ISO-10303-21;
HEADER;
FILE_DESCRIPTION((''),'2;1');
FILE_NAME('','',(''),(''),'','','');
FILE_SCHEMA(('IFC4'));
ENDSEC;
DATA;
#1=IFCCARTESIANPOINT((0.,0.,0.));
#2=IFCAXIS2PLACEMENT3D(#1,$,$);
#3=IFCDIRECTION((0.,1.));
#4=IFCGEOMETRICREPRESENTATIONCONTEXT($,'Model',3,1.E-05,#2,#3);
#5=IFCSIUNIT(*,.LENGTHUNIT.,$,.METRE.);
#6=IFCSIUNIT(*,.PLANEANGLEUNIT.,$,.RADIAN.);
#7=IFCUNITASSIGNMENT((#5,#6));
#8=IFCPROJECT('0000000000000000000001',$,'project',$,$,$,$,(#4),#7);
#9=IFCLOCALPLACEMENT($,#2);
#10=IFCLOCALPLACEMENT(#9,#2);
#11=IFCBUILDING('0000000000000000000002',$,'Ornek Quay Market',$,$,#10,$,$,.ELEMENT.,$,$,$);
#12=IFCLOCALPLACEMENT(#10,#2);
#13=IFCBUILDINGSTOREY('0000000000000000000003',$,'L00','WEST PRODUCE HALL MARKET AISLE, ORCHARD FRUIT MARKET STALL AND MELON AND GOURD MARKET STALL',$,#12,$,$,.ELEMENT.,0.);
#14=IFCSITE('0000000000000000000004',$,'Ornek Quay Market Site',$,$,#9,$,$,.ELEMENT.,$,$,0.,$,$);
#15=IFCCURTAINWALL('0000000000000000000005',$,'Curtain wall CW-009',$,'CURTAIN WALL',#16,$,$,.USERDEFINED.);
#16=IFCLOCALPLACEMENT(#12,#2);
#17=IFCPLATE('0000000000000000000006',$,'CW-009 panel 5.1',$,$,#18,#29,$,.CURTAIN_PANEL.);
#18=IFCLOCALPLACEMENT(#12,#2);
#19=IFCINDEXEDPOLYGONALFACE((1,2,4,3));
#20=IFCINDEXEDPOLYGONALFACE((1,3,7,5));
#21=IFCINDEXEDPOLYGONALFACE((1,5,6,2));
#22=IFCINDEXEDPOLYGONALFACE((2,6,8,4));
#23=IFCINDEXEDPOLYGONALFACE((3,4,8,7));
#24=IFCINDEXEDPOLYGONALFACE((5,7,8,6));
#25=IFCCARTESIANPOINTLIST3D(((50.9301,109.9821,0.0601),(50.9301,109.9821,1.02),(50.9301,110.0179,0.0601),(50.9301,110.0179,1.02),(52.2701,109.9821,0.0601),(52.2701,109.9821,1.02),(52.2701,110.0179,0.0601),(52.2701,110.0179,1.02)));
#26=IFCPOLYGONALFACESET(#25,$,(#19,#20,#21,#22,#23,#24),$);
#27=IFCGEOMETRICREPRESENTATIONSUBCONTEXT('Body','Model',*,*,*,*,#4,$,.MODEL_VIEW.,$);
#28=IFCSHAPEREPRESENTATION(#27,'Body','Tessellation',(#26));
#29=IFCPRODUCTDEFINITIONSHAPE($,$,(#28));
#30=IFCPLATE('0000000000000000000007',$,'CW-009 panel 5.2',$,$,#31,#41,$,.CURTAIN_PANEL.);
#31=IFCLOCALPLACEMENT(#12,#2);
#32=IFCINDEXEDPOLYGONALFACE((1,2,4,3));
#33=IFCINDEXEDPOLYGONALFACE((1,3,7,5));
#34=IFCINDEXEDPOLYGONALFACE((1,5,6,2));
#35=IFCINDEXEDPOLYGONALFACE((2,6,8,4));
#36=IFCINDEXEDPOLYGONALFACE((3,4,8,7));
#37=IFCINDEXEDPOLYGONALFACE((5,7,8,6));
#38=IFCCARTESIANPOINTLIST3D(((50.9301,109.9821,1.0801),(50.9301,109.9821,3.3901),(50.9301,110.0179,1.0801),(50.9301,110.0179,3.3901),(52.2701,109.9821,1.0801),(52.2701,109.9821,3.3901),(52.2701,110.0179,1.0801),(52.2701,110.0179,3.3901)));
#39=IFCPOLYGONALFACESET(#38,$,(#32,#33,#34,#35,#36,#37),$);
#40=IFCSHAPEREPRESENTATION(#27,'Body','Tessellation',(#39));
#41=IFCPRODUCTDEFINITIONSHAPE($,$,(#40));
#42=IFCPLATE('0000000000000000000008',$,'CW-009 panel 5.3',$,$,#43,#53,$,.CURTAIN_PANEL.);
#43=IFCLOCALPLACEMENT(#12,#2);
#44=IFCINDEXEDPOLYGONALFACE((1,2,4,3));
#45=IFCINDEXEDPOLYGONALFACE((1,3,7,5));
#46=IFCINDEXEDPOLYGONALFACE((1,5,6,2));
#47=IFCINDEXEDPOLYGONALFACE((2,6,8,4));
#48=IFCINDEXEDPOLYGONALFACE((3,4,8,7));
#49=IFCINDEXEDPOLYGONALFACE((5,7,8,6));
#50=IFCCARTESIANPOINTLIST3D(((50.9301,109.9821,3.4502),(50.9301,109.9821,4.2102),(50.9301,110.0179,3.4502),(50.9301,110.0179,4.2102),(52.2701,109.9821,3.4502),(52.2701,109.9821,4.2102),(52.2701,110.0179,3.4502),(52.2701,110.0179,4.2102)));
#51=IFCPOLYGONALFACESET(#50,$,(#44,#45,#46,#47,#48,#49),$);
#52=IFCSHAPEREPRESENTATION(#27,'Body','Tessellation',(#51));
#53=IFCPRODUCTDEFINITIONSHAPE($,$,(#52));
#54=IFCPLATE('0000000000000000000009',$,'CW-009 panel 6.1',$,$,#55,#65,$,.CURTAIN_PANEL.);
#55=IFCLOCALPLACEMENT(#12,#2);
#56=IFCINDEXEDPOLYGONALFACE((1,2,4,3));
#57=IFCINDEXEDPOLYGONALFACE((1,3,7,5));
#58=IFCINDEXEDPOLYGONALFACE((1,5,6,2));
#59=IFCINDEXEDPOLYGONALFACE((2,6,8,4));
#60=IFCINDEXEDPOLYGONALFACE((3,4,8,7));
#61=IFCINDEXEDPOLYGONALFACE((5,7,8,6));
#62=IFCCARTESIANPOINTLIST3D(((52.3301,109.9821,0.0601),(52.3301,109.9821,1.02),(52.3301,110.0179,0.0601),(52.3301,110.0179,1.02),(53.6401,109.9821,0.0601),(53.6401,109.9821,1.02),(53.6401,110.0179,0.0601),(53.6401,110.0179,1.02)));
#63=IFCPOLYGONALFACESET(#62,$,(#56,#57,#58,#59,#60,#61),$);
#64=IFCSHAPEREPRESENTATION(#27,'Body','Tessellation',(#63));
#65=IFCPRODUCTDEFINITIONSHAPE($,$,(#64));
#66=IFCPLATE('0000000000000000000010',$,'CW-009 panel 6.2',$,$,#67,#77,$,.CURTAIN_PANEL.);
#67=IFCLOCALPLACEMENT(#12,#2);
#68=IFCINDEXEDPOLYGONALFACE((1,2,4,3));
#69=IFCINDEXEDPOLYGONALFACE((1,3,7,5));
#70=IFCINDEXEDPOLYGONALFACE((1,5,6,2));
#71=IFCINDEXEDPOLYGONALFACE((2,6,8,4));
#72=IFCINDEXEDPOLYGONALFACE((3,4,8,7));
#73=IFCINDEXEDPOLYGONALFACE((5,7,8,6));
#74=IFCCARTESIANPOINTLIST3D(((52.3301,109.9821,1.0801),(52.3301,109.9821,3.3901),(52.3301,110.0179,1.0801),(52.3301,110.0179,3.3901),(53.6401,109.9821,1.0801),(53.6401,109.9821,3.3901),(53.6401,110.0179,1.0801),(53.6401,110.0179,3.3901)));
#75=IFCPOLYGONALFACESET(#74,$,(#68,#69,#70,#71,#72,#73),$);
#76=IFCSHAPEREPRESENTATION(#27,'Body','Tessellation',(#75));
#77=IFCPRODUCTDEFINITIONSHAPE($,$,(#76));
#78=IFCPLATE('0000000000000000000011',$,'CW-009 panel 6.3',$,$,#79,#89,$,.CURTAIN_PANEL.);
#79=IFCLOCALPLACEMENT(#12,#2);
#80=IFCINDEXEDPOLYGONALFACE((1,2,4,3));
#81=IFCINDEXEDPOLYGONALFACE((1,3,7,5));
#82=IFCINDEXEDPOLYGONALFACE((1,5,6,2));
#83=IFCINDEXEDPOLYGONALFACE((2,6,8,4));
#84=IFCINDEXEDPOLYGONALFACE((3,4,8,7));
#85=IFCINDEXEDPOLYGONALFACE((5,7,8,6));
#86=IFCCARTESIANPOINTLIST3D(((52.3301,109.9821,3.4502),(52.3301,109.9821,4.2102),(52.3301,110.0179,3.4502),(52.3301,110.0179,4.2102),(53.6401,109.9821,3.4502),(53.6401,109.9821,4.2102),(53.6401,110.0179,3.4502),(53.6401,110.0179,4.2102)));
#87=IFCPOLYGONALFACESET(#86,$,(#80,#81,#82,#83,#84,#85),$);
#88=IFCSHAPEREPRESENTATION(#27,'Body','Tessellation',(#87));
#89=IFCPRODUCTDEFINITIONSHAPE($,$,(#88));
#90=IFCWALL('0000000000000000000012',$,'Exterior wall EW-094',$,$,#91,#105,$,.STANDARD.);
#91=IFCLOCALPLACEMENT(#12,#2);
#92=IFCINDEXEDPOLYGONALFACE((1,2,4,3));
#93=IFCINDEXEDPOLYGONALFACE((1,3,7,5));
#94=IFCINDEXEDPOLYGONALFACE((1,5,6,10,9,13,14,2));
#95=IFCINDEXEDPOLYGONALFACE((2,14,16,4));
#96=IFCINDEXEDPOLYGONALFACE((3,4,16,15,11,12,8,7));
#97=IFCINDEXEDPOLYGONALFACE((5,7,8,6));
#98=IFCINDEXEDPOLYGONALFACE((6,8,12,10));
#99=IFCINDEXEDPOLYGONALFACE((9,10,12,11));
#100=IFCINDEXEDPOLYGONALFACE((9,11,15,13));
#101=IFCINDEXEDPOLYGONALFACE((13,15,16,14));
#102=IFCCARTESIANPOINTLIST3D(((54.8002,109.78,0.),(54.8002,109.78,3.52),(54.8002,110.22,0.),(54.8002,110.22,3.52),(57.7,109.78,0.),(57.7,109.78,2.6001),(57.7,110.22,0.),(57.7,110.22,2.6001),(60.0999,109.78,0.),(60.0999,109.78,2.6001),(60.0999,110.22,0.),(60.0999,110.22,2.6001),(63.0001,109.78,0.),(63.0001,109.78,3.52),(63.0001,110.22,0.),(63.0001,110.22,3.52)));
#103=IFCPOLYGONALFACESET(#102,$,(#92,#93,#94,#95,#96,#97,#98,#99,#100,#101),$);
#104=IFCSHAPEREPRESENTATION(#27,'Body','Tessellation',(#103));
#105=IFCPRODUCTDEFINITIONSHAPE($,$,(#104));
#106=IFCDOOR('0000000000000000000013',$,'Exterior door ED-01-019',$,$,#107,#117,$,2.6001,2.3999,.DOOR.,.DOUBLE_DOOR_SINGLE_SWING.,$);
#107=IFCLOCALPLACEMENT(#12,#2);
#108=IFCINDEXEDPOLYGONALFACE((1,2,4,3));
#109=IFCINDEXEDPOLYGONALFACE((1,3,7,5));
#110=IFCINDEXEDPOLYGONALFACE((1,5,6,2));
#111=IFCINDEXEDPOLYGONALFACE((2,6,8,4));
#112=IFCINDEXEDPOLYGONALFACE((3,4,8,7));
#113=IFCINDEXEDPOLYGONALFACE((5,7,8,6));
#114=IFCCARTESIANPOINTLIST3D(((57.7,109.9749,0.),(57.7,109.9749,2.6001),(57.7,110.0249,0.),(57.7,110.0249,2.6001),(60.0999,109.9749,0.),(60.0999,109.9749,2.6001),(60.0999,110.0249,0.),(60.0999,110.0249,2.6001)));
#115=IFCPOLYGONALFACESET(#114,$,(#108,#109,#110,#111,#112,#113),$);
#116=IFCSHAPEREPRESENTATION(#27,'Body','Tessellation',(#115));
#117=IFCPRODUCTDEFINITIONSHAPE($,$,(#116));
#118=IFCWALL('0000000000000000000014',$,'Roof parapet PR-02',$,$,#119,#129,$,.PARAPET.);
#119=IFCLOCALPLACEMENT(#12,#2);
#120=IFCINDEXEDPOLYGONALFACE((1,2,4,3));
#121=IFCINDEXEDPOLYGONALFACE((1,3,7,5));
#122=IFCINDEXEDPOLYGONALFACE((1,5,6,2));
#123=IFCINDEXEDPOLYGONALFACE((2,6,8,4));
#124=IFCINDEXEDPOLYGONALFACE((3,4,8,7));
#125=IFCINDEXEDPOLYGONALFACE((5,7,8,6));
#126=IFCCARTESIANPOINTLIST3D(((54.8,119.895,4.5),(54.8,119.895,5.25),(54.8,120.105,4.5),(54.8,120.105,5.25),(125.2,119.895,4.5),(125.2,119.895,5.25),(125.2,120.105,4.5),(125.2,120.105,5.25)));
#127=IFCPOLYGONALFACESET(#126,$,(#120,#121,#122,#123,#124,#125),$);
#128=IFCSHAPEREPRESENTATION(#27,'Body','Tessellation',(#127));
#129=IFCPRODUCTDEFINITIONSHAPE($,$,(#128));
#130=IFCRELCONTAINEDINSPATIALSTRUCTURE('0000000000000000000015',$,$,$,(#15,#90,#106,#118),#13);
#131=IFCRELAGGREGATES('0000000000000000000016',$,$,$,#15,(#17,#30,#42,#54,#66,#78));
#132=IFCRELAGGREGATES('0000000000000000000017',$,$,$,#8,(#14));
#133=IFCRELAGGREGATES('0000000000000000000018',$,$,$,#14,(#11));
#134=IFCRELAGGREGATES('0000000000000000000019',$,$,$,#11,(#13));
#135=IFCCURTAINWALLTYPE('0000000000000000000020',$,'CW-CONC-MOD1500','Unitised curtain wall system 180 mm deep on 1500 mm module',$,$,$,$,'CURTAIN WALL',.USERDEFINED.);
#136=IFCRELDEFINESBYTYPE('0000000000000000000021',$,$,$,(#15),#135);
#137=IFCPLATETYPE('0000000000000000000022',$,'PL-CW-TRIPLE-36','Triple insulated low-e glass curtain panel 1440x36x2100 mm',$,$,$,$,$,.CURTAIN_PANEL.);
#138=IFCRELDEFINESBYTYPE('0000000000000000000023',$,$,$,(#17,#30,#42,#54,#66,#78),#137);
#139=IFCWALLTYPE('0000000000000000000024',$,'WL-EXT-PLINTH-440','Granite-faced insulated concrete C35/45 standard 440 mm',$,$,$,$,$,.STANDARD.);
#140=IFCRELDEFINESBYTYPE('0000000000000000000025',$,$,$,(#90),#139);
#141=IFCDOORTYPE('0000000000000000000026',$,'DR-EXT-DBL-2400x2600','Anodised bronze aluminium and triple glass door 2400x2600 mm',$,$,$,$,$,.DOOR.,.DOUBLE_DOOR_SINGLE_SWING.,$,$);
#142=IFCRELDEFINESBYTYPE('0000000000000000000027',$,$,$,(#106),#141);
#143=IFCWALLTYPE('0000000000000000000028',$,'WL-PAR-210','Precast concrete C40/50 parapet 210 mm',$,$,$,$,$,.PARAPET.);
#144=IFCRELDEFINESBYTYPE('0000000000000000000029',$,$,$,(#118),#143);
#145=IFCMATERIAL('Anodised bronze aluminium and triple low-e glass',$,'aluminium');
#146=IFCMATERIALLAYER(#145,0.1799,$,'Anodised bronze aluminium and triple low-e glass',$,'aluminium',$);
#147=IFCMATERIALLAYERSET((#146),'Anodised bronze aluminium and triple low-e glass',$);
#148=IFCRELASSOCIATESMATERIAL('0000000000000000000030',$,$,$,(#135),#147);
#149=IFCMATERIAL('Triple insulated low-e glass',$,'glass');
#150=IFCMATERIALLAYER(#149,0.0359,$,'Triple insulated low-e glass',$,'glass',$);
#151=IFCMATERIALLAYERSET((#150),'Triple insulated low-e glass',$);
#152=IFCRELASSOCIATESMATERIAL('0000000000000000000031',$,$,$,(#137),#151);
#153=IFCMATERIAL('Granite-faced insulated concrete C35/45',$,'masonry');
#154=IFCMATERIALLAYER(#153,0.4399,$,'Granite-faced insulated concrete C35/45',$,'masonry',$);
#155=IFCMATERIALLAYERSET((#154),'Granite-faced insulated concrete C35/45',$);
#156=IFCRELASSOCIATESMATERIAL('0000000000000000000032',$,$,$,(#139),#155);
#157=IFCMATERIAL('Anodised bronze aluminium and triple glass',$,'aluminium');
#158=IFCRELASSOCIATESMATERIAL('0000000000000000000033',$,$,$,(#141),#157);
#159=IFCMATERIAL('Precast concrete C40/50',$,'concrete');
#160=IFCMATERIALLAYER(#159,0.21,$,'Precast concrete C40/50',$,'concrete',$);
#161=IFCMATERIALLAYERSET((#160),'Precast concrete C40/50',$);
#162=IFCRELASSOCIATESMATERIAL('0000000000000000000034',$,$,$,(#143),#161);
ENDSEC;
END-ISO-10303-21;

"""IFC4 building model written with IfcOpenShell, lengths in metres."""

from ifc_helpers import new_model, si_unit, direction, frame, frame_2d, origin, origin_2d, place, context, subcontext, project, spatial, rectangle, extrude, material, layer, layer_set, type_object, element, fill, aggregate, save


model = new_model("IFC4")

# Units and contexts
model_context = context("Model", 3, precision=1e-05, world=origin(), true_north=direction((0.0, 1.0)))
body_context = subcontext(model_context, "Body", "Model", "MODEL_VIEW")
ifc_project = project(units=[si_unit("LENGTHUNIT", "METRE"), si_unit("PLANEANGLEUNIT", "RADIAN")], contexts=[model_context])

# Site, building, storey
site_placement = place(None, origin())
site = spatial("IfcSite", under=ifc_project, at=site_placement, Name="Ornek Quay Market Site", CompositionType="ELEMENT", RefElevation=0.0)
building_placement = place(site_placement, origin())
building = spatial("IfcBuilding", under=site, at=building_placement, Name="Ornek Quay Market", CompositionType="ELEMENT")
storey_placement = place(building_placement, origin())
storey = spatial("IfcBuildingStorey", under=building, at=storey_placement, Name="L00", Description="WEST PRODUCE HALL MARKET AISLE, ORCHARD FRUIT MARKET STALL AND MELON AND GOURD MARKET STALL", CompositionType="ELEMENT", Elevation=0.0)

# Curtain wall, plates
ifc_material_1 = material(Name="Anodised bronze aluminium and triple low-e glass", Category="aluminium")
ifc_layer_1 = layer(ifc_material_1, 0.1799, Name="Anodised bronze aluminium and triple low-e glass", Category="aluminium")
ifc_layer_set_1 = layer_set([ifc_layer_1], Name="Anodised bronze aluminium and triple low-e glass")
curtain_wall_type = type_object("IfcCurtainWallType", Name="CW-CONC-MOD1500", Description="Unitised curtain wall system 180 mm deep on 1500 mm module", ElementType="CURTAIN WALL", PredefinedType="USERDEFINED", material=ifc_layer_set_1)
curtain_wall_placement = place(storey_placement, origin())
curtain_wall = element("IfcCurtainWall", 1, at=curtain_wall_placement, inside=storey, type_object=curtain_wall_type, Name="Curtain wall CW-009", ObjectType="CURTAIN WALL", PredefinedType="USERDEFINED")
ifc_material_2 = material(Name="Triple insulated low-e glass", Category="glass")
ifc_layer_2 = layer(ifc_material_2, 0.0359, Name="Triple insulated low-e glass", Category="glass")
ifc_layer_set_2 = layer_set([ifc_layer_2], Name="Triple insulated low-e glass")
plate_type = type_object("IfcPlateType", Name="PL-CW-TRIPLE-36", Description="Triple insulated low-e glass curtain panel 1440x36x2100 mm", PredefinedType="CURTAIN_PANEL", material=ifc_layer_set_2)
plate_1_placement = place(storey_placement, frame((51.6001, 110.0, 0.0601), z_axis=(0.0, 0.0, 1.0), x_axis=(1.0, 0.0, 0.0)))
plate_1 = element("IfcPlate", 2, at=plate_1_placement, type_object=plate_type, Name="CW-009 panel 5.1", PredefinedType="CURTAIN_PANEL", context=body_context, shape_type="SweptSolid", body=[
    extrude(rectangle(XDim=1.3401, YDim=0.0359, at=origin_2d()), origin(), (0.0, 0.0, 1.0), 0.96),
])
plate_2_placement = place(storey_placement, frame((51.6001, 110.0, 1.0801), z_axis=(0.0, 0.0, 1.0), x_axis=(1.0, 0.0, 0.0)))
plate_2 = element("IfcPlate", 3, at=plate_2_placement, type_object=plate_type, Name="CW-009 panel 5.2", PredefinedType="CURTAIN_PANEL", context=body_context, shape_type="SweptSolid", body=[
    extrude(rectangle(XDim=1.3401, YDim=0.0359, at=origin_2d()), origin(), (0.0, 0.0, 1.0), 2.3101),
])
plate_3_placement = place(storey_placement, frame((51.6001, 110.0, 3.4502), z_axis=(0.0, 0.0, 1.0), x_axis=(1.0, 0.0, 0.0)))
plate_3 = element("IfcPlate", 4, at=plate_3_placement, type_object=plate_type, Name="CW-009 panel 5.3", PredefinedType="CURTAIN_PANEL", context=body_context, shape_type="SweptSolid", body=[
    extrude(rectangle(XDim=1.3401, YDim=0.0359, at=origin_2d()), origin(), (0.0, 0.0, 1.0), 0.76),
])
plate_4_placement = place(storey_placement, frame((52.9851, 110.0, 0.0601), z_axis=(0.0, 0.0, 1.0), x_axis=(1.0, 0.0, 0.0)))
plate_4 = element("IfcPlate", 5, at=plate_4_placement, type_object=plate_type, Name="CW-009 panel 6.1", PredefinedType="CURTAIN_PANEL", context=body_context, shape_type="SweptSolid", body=[
    extrude(rectangle(XDim=1.3101, YDim=0.0359, at=origin_2d()), origin(), (0.0, 0.0, 1.0), 0.96),
])
plate_5_placement = place(storey_placement, frame((52.9851, 110.0, 1.0801), z_axis=(0.0, 0.0, 1.0), x_axis=(1.0, 0.0, 0.0)))
plate_5 = element("IfcPlate", 6, at=plate_5_placement, type_object=plate_type, Name="CW-009 panel 6.2", PredefinedType="CURTAIN_PANEL", context=body_context, shape_type="SweptSolid", body=[
    extrude(rectangle(XDim=1.3101, YDim=0.0359, at=origin_2d()), origin(), (0.0, 0.0, 1.0), 2.3101),
])
plate_6_placement = place(storey_placement, frame((52.9851, 110.0, 3.4502), z_axis=(0.0, 0.0, 1.0), x_axis=(1.0, 0.0, 0.0)))
plate_6 = element("IfcPlate", 7, at=plate_6_placement, type_object=plate_type, Name="CW-009 panel 6.3", PredefinedType="CURTAIN_PANEL", context=body_context, shape_type="SweptSolid", body=[
    extrude(rectangle(XDim=1.3101, YDim=0.0359, at=origin_2d()), origin(), (0.0, 0.0, 1.0), 0.76),
])
aggregate(curtain_wall, [plate_1, plate_2, plate_3, plate_4, plate_5, plate_6])

# Wall, opening, door
ifc_material_3 = material(Name="Granite-faced insulated concrete C35/45", Category="masonry")
ifc_layer_3 = layer(ifc_material_3, 0.4399, Name="Granite-faced insulated concrete C35/45", Category="masonry")
ifc_layer_set_3 = layer_set([ifc_layer_3], Name="Granite-faced insulated concrete C35/45")
wall_type_1 = type_object("IfcWallType", Name="WL-EXT-PLINTH-440", Description="Granite-faced insulated concrete C35/45 standard 440 mm", PredefinedType="STANDARD", material=ifc_layer_set_3)
wall_1_placement = place(storey_placement, frame((54.8, 110.0, 0.0), z_axis=(0.0, 0.0, 1.0), x_axis=(1.0, 0.0, 0.0)))
wall_1 = element("IfcWall", 8, at=wall_1_placement, inside=storey, type_object=wall_type_1, Name="Exterior wall EW-094", PredefinedType="STANDARD", context=body_context, shape_type="SweptSolid", body=[
    extrude(rectangle(XDim=8.2, YDim=0.4399, at=frame_2d((4.1001, 0.0))), origin(), (0.0, 0.0, 1.0), 3.52),
])
opening_placement = place(wall_1_placement, frame((2.8999, 0.0, 0.0)))
opening = element("IfcOpeningElement", 9, at=opening_placement, cuts=wall_1, PredefinedType="OPENING", context=body_context, shape_type="SweptSolid", body=[
    extrude(rectangle(XDim=2.3999, YDim=2.6001, at=frame_2d((1.2, 1.3))), frame((0.0, 0.23, 0.0), z_axis=(0.0, -1.0, 0.0), x_axis=(1.0, 0.0, 0.0)), (0.0, 0.0, 1.0), 0.46),
])
ifc_material_4 = material(Name="Anodised bronze aluminium and triple glass", Category="aluminium")
door_type = type_object("IfcDoorType", Name="DR-EXT-DBL-2400x2600", Description="Anodised bronze aluminium and triple glass door 2400x2600 mm", OperationType="DOUBLE_DOOR_SINGLE_SWING", PredefinedType="DOOR", material=ifc_material_4)
door_placement = place(opening_placement, origin())
door = element("IfcDoor", 10, at=door_placement, inside=storey, type_object=door_type, Name="Exterior door ED-01-019", OperationType="DOUBLE_DOOR_SINGLE_SWING", OverallHeight=2.6001, OverallWidth=2.3999, PredefinedType="DOOR", context=body_context, shape_type="SweptSolid", body=[
    extrude(rectangle(XDim=2.3999, YDim=2.6001, at=frame_2d((1.2, 1.3))), frame((0.0, 0.0249, 0.0), z_axis=(0.0, -1.0, 0.0), x_axis=(1.0, 0.0, 0.0)), (0.0, 0.0, 1.0), 0.05),
])
fill(opening, door)

# Wall
ifc_material_5 = material(Name="Precast concrete C40/50", Category="concrete")
ifc_layer_4 = layer(ifc_material_5, 0.21, Name="Precast concrete C40/50", Category="concrete")
ifc_layer_set_4 = layer_set([ifc_layer_4], Name="Precast concrete C40/50")
wall_type_2 = type_object("IfcWallType", Name="WL-PAR-210", Description="Precast concrete C40/50 parapet 210 mm", PredefinedType="PARAPET", material=ifc_layer_set_4)
wall_2_placement = place(storey_placement, frame((54.8, 120.0, 4.5), z_axis=(0.0, 0.0, 1.0), x_axis=(1.0, 0.0, 0.0)))
element("IfcWall", 11, at=wall_2_placement, inside=storey, type_object=wall_type_2, Name="Roof parapet PR-02", PredefinedType="PARAPET", context=body_context, shape_type="SweptSolid", body=[
    extrude(rectangle(XDim=70.3999, YDim=0.21, at=frame_2d((35.2, 0.0))), origin(), (0.0, 0.0, 1.0), 0.75),
])

save(model, "model.ifc")
